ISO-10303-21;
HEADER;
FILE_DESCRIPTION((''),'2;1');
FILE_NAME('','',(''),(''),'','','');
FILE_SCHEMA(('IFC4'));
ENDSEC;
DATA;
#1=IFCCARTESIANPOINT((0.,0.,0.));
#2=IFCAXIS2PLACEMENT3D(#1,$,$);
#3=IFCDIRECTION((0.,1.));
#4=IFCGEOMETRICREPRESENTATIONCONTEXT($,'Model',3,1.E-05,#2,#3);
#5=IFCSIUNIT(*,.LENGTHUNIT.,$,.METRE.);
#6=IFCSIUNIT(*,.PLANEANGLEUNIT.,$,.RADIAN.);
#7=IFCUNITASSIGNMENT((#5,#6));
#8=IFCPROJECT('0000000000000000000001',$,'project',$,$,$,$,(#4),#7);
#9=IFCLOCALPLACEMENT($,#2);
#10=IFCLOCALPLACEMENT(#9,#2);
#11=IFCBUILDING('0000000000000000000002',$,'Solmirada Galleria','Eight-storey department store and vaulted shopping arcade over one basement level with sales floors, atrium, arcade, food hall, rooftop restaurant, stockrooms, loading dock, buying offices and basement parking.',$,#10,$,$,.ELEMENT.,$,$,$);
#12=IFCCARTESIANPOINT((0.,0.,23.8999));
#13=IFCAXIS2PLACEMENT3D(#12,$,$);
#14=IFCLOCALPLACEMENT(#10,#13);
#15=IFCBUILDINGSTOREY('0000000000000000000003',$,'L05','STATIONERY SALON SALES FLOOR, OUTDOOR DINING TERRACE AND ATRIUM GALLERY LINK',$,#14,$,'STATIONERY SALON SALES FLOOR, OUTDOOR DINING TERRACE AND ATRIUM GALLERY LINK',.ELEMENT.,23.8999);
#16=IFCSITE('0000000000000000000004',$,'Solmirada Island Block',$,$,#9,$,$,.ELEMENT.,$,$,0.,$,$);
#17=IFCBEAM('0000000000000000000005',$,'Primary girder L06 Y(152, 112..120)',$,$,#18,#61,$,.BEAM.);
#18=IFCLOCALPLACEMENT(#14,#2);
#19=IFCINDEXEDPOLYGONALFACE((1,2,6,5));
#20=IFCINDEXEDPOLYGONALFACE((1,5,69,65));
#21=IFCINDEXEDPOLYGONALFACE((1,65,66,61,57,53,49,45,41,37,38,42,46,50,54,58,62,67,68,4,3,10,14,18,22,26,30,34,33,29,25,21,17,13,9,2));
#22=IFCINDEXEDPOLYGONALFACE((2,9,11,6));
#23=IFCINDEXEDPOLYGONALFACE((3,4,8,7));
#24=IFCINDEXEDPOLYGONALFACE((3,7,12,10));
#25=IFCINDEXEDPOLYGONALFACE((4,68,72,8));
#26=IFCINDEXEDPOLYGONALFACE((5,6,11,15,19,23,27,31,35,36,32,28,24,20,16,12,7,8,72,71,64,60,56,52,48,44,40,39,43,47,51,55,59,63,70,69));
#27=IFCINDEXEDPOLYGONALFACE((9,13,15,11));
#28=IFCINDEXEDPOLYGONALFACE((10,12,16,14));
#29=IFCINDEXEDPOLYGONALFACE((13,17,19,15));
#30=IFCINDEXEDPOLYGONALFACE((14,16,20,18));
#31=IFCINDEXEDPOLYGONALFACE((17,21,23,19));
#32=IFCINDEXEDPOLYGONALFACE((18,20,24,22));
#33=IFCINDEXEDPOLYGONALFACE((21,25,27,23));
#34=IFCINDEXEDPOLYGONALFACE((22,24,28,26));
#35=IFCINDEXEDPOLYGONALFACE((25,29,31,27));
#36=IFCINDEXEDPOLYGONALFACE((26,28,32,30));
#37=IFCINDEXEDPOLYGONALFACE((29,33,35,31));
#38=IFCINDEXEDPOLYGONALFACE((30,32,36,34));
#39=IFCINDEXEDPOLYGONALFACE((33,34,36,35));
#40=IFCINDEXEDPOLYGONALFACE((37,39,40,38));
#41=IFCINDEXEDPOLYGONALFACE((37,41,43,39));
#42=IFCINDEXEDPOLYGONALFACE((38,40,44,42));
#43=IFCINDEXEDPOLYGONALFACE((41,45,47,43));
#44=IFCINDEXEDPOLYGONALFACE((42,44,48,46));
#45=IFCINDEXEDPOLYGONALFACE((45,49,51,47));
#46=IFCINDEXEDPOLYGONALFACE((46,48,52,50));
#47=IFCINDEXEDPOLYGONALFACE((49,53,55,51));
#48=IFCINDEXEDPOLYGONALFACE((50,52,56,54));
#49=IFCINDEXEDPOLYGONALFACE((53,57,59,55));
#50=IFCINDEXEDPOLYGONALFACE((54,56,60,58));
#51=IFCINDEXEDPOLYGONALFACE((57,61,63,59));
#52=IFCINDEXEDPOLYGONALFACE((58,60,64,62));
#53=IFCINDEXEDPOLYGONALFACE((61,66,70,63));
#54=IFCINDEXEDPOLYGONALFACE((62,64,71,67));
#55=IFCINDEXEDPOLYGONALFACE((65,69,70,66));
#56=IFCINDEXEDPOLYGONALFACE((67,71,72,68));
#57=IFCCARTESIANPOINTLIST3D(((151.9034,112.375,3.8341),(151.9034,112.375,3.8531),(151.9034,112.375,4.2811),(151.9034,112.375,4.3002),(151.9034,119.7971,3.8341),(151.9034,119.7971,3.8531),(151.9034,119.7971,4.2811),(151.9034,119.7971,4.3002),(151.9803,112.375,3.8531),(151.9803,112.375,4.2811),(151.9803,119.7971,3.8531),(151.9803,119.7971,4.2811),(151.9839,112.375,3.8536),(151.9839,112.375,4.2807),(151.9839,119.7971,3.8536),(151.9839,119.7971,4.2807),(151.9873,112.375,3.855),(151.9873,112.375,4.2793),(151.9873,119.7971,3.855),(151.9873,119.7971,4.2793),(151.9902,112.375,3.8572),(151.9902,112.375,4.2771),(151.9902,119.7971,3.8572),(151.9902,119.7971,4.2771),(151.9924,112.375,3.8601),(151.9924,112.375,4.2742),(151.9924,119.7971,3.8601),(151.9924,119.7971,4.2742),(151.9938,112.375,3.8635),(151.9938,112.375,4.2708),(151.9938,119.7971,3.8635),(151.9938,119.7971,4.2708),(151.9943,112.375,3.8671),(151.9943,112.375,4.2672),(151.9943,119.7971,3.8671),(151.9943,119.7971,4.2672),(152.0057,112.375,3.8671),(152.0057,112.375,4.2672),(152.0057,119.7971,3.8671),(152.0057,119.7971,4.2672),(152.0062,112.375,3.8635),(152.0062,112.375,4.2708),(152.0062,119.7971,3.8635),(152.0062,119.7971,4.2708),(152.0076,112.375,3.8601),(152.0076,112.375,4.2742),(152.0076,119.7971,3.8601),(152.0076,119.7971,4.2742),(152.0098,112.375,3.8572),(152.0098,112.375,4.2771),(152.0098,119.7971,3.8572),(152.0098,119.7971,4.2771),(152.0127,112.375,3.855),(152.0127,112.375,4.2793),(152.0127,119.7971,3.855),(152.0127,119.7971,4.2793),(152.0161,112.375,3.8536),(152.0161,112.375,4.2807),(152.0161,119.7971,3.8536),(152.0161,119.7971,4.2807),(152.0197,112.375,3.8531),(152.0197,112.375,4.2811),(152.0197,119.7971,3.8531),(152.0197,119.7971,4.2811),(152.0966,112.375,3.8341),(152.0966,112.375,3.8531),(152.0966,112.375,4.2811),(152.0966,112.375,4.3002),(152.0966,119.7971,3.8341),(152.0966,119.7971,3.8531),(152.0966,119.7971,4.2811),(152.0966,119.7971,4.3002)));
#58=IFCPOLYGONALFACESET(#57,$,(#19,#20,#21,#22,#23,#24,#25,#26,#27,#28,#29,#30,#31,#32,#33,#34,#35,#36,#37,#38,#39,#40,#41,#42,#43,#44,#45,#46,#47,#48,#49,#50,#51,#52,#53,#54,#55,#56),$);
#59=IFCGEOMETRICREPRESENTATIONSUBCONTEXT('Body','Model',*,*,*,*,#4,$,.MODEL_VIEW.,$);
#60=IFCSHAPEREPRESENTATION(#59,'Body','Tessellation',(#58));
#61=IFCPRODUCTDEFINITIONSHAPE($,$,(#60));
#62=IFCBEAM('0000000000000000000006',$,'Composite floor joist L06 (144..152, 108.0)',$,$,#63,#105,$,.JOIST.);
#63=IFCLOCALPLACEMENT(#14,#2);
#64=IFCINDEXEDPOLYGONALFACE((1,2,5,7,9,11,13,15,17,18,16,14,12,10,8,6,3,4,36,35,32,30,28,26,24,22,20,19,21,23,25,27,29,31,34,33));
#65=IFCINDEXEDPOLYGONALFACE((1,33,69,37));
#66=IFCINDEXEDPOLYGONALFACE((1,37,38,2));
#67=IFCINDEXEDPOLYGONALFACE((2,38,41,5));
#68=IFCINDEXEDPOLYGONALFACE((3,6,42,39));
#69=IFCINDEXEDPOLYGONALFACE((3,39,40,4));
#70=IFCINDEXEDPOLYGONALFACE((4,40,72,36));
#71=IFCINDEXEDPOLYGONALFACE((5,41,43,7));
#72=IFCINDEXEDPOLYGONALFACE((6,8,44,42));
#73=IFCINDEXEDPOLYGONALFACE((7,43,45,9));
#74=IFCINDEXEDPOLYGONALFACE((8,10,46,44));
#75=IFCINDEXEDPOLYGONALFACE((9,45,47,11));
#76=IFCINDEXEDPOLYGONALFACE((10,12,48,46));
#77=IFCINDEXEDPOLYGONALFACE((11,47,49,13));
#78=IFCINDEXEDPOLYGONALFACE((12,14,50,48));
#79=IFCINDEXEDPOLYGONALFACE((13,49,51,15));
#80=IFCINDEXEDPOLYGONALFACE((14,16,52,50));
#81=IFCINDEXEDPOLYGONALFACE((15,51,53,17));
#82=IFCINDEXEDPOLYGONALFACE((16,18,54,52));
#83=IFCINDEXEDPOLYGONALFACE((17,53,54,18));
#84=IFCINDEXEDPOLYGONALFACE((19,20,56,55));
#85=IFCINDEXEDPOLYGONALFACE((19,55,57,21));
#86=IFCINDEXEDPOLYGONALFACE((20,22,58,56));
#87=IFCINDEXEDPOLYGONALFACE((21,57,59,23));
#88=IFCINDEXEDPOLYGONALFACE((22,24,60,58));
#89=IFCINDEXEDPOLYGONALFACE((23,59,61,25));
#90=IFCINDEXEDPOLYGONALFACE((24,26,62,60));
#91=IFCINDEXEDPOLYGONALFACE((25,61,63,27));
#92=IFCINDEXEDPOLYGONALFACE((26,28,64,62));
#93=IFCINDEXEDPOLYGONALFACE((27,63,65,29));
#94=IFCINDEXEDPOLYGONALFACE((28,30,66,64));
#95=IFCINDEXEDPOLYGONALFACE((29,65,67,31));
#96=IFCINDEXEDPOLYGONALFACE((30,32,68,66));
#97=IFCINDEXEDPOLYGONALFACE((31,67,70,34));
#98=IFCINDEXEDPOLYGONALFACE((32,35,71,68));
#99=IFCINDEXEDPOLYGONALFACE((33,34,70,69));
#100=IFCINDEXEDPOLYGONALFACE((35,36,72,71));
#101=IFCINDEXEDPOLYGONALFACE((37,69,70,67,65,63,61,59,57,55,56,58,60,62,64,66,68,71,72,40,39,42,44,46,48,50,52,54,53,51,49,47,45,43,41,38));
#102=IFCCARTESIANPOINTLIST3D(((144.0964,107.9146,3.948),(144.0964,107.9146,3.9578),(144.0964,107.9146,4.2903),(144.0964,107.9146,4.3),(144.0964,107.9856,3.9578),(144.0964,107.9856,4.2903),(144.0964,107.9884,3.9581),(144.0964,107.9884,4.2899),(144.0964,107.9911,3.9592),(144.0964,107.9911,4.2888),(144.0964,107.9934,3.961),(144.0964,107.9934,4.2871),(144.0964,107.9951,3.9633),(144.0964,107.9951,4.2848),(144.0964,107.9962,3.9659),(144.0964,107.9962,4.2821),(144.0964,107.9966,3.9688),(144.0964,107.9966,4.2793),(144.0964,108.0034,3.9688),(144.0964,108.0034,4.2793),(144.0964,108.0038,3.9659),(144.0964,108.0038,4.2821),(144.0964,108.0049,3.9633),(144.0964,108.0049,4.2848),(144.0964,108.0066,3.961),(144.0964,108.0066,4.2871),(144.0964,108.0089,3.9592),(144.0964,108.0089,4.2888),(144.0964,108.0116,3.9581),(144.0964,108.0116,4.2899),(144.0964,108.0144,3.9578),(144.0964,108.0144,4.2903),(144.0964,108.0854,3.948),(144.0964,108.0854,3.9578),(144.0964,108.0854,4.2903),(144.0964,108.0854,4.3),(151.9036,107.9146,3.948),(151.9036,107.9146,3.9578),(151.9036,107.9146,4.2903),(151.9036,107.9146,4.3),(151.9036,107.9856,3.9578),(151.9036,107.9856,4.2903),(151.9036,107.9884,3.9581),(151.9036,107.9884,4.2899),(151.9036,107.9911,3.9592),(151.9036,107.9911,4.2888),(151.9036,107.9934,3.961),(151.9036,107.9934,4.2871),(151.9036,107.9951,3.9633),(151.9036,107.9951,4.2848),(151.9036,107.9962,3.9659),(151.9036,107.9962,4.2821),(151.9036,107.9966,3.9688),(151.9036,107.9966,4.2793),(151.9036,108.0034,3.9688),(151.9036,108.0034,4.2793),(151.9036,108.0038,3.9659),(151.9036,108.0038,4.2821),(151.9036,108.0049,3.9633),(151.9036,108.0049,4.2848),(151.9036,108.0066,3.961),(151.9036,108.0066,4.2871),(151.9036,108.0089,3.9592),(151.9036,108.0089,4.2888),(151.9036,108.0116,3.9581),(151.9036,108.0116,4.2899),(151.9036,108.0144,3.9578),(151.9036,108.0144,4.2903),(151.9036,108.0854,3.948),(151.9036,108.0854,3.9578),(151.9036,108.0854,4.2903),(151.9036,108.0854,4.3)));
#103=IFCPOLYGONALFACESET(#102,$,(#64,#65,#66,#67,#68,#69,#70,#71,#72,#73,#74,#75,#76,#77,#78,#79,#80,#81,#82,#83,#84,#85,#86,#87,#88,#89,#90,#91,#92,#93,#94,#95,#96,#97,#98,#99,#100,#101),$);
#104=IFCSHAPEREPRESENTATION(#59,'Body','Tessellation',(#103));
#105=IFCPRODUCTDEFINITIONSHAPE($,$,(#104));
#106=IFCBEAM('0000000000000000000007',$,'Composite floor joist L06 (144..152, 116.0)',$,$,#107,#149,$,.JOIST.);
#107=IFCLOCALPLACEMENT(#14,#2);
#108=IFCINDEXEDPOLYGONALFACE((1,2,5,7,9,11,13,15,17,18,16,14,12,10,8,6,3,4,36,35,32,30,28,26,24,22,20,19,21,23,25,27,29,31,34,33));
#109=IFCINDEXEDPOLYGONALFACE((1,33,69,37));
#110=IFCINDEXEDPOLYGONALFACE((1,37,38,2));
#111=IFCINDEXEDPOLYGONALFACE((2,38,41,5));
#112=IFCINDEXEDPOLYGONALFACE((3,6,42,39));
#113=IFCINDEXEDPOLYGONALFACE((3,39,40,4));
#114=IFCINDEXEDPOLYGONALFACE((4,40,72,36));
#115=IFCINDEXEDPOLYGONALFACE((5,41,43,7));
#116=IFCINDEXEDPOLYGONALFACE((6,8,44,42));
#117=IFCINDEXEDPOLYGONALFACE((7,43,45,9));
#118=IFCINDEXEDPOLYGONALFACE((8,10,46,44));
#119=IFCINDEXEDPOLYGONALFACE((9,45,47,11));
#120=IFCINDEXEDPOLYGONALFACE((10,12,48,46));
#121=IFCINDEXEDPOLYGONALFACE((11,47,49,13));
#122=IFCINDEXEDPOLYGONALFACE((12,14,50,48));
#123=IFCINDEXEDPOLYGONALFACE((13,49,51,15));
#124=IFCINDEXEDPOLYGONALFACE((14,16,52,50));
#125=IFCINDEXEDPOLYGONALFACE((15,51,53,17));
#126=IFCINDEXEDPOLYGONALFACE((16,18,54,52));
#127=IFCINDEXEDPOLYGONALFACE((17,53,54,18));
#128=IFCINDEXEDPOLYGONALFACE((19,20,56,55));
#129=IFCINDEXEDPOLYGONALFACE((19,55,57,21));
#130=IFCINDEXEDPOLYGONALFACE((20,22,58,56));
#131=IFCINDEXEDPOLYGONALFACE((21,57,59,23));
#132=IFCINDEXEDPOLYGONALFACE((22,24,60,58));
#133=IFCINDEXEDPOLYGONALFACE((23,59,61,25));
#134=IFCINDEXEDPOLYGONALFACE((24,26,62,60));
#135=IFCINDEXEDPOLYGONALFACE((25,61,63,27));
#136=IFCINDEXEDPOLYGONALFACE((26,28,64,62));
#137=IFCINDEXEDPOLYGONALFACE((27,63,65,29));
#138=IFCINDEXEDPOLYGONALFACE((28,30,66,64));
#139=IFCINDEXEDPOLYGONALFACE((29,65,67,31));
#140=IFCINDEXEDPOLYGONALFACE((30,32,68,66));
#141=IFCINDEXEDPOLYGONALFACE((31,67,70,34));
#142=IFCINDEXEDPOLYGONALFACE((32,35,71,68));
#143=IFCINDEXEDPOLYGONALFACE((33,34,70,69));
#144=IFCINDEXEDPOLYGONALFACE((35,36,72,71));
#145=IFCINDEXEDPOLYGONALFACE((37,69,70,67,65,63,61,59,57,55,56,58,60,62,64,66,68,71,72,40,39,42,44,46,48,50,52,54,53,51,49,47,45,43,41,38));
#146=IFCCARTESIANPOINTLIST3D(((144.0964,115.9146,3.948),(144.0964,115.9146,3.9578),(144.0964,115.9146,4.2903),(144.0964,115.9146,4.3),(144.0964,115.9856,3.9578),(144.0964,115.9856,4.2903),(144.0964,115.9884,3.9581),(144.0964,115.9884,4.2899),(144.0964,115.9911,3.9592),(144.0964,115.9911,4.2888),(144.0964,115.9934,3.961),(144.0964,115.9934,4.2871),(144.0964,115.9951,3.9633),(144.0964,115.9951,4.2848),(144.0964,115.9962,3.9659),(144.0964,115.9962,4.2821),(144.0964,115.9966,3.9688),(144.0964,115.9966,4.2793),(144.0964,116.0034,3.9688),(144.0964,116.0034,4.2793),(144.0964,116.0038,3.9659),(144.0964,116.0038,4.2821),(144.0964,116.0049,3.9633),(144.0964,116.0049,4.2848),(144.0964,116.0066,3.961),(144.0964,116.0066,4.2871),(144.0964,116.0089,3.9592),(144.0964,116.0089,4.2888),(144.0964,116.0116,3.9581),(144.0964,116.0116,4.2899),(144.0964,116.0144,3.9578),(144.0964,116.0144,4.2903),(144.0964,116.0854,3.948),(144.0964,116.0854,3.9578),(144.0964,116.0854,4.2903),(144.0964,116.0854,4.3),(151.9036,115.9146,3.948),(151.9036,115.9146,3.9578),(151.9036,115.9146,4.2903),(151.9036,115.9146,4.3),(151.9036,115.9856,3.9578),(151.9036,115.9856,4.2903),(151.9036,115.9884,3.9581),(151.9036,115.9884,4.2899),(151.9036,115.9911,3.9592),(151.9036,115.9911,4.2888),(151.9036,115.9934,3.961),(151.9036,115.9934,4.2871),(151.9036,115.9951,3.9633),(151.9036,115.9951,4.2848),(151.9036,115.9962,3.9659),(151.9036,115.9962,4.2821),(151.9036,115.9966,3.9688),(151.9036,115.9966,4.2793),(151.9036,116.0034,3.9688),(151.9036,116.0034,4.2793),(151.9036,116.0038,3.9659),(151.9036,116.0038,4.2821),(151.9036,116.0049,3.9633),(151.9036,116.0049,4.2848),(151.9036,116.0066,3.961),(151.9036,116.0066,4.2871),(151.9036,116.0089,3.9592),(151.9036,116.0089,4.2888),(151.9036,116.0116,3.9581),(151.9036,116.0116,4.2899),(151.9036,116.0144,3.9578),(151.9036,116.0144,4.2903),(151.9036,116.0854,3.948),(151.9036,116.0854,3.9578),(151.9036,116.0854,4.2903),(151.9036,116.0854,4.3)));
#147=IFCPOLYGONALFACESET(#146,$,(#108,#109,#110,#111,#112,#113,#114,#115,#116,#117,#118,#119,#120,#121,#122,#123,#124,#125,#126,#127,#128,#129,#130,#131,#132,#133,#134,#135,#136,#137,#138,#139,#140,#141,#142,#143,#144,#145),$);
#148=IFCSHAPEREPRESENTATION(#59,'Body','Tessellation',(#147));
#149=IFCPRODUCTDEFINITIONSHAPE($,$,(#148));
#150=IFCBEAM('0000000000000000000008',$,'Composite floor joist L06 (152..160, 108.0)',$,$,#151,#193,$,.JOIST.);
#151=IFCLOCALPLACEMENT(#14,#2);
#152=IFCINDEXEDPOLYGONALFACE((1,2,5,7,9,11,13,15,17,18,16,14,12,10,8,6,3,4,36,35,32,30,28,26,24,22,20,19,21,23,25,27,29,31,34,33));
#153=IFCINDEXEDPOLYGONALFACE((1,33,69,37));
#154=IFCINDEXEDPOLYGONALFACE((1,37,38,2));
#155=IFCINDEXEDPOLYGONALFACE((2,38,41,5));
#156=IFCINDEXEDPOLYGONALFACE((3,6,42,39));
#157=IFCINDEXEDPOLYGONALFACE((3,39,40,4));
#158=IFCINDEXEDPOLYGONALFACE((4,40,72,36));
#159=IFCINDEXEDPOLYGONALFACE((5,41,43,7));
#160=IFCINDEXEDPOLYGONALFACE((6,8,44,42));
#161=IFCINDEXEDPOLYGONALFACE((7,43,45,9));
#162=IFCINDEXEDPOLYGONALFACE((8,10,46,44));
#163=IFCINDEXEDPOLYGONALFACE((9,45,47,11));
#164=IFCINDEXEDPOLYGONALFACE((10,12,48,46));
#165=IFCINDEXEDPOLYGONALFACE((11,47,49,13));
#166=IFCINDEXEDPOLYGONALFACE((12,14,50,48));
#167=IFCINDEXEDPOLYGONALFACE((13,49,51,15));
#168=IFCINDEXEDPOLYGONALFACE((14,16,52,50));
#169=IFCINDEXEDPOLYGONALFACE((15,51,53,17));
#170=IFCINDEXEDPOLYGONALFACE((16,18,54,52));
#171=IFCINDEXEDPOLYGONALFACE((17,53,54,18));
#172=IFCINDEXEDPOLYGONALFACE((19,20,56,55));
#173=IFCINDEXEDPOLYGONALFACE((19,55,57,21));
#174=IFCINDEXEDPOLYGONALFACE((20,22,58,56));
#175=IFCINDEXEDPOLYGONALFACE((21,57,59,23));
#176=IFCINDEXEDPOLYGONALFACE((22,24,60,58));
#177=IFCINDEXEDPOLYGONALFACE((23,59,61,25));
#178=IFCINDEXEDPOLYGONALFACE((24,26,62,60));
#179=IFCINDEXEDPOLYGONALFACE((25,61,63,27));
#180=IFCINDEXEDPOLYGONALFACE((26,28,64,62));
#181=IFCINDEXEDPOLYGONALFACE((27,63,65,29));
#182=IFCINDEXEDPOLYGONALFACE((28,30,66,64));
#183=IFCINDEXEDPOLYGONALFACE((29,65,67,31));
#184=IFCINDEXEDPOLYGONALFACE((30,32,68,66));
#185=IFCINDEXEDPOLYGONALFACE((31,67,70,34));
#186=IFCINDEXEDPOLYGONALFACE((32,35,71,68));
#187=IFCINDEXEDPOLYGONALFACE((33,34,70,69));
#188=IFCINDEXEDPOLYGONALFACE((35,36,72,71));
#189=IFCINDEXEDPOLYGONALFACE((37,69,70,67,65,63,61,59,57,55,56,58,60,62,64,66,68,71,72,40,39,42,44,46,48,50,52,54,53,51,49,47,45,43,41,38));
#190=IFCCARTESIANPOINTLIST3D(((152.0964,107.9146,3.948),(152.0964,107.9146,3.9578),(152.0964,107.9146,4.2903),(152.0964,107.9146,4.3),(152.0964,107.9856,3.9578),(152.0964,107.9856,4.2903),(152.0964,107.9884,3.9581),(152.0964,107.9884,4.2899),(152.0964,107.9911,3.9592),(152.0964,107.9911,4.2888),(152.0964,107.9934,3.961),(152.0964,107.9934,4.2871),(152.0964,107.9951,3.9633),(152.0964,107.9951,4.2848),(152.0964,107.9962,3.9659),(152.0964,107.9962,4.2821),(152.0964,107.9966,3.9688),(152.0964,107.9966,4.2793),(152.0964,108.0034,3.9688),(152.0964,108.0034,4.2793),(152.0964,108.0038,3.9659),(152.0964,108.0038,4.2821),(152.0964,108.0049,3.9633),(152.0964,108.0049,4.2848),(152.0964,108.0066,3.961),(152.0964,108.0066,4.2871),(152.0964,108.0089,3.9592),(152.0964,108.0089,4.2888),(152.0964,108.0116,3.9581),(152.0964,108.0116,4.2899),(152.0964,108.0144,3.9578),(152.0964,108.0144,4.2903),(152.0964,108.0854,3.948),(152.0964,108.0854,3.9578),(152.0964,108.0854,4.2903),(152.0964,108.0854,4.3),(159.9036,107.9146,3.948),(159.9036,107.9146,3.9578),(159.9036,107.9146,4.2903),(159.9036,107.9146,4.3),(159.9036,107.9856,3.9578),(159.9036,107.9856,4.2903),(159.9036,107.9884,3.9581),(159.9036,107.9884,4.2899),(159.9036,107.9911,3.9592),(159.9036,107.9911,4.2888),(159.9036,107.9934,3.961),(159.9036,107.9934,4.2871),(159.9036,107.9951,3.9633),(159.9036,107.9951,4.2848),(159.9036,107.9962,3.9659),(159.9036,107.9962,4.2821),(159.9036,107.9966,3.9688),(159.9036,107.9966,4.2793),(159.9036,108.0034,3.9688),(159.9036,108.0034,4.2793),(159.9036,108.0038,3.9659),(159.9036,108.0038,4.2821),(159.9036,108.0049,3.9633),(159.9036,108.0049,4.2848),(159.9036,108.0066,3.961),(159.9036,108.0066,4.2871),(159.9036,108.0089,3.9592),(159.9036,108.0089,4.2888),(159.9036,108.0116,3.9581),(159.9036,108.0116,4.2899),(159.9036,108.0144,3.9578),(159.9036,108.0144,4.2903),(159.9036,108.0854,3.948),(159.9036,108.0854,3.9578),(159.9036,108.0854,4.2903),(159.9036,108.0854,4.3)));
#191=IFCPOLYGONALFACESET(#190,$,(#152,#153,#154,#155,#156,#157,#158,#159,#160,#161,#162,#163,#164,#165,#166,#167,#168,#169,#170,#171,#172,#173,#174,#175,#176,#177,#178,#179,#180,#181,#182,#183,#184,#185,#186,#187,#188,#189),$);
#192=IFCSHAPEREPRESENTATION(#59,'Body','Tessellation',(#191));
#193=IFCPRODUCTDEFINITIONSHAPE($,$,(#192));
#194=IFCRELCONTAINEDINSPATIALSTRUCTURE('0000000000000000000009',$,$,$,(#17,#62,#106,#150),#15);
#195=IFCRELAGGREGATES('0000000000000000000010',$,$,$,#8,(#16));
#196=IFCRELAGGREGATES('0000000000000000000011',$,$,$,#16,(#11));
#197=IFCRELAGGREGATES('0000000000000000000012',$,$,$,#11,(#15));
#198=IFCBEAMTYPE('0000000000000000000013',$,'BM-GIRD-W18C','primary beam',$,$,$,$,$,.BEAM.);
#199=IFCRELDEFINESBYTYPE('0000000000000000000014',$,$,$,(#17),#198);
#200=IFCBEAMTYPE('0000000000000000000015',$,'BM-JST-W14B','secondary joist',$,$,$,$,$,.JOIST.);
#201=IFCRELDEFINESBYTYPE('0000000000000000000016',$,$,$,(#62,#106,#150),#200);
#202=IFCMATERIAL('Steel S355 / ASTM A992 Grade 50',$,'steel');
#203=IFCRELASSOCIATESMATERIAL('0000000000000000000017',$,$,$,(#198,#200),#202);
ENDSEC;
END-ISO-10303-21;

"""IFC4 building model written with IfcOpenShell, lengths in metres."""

from ifc_helpers import new_model, si_unit, direction, frame, origin, origin_2d, place, context, subcontext, project, spatial, i_section, extrude, material, material_profile, profile_set, type_object, element, save


model = new_model("IFC4")

# Units and contexts
model_context = context("Model", 3, precision=1e-05, world=origin(), true_north=direction((0.0, 1.0)))
body_context = subcontext(model_context, "Body", "Model", "MODEL_VIEW")
ifc_project = project(units=[si_unit("LENGTHUNIT", "METRE"), si_unit("PLANEANGLEUNIT", "RADIAN")], contexts=[model_context])

# Site, building, storey
site_placement = place(None, origin())
site = spatial("IfcSite", under=ifc_project, at=site_placement, Name="Solmirada Island Block", CompositionType="ELEMENT", RefElevation=0.0)
building_placement = place(site_placement, origin())
building = spatial("IfcBuilding", under=site, at=building_placement, Name="Solmirada Galleria", Description="Eight-storey department store and vaulted shopping arcade over one basement level with sales floors, atrium, arcade, food hall, rooftop restaurant, stockrooms, loading dock, buying offices and basement parking.", CompositionType="ELEMENT")
storey_placement = place(building_placement, frame((0.0, 0.0, 23.8999)))
storey = spatial("IfcBuildingStorey", under=building, at=storey_placement, Name="L05", Description="STATIONERY SALON SALES FLOOR, OUTDOOR DINING TERRACE AND ATRIUM GALLERY LINK", LongName="STATIONERY SALON SALES FLOOR, OUTDOOR DINING TERRACE AND ATRIUM GALLERY LINK", CompositionType="ELEMENT", Elevation=23.8999)

# Beams
ifc_material_1 = material(Name="Steel S355 / ASTM A992 Grade 50", Category="steel")
ifc_material_profile_1 = material_profile(ifc_material_1, i_section(OverallWidth=0.1931, OverallDepth=0.4661, WebThickness=0.0115, FlangeThickness=0.019, FilletRadius=0.0139, at=origin_2d()), Name="W18X65")
ifc_profile_set_1 = profile_set([ifc_material_profile_1], Name="Steel S355 / ASTM A992 Grade 50")
beam_type_1 = type_object("IfcBeamType", Name="BM-GIRD-W18C", Description="primary beam", PredefinedType="BEAM", material=ifc_profile_set_1)
beam_1_placement = place(storey_placement, frame((152.0, 112.375, 4.0671), z_axis=(0.0, 1.0, 0.0), x_axis=(-1.0, 0.0, 0.0)))
element("IfcBeam", 1, at=beam_1_placement, inside=storey, type_object=beam_type_1, Name="Primary girder L06 Y(152, 112..120)", PredefinedType="BEAM", context=body_context, shape_type="SweptSolid", body=[
    extrude(i_section(OverallWidth=0.1931, OverallDepth=0.4661, WebThickness=0.0115, FlangeThickness=0.019, FilletRadius=0.0139, at=origin_2d()), origin(), (0.0, 0.0, 1.0), 7.4221),
])
ifc_material_profile_2 = material_profile(ifc_material_1, i_section(OverallWidth=0.1709, OverallDepth=0.3521, WebThickness=0.0068, FlangeThickness=0.0098, FilletRadius=0.011, at=origin_2d()), Name="W14X30")
ifc_profile_set_2 = profile_set([ifc_material_profile_2], Name="Steel S355 / ASTM A992 Grade 50")
beam_type_2 = type_object("IfcBeamType", Name="BM-JST-W14B", Description="secondary joist", PredefinedType="JOIST", material=ifc_profile_set_2)
for number, where, z_axis, x_axis, name in (
    (2, (144.0964, 108.0, 4.124), (1.0, 0.0, 0.0), (0.0, 1.0, 0.0), "Composite floor joist L06 (144..152, 108.0)"),
    (3, (144.0964, 116.0, 4.124), (1.0, 0.0, 0.0), (0.0, 1.0, 0.0), "Composite floor joist L06 (144..152, 116.0)"),
    (4, (152.0964, 108.0, 4.124), (1.0, 0.0, 0.0), (0.0, 1.0, 0.0), "Composite floor joist L06 (152..160, 108.0)"),
):
    element("IfcBeam", number, at=place(storey_placement, frame(where, z_axis=z_axis, x_axis=x_axis)), inside=storey, type_object=beam_type_2, Name=name, PredefinedType="JOIST", context=body_context, shape_type="SweptSolid", body=[
        extrude(i_section(OverallWidth=0.1709, OverallDepth=0.3521, WebThickness=0.0068, FlangeThickness=0.0098, FilletRadius=0.011, at=origin_2d()), origin(), (0.0, 0.0, 1.0), 7.8071),
    ])

save(model, "model.ifc")
